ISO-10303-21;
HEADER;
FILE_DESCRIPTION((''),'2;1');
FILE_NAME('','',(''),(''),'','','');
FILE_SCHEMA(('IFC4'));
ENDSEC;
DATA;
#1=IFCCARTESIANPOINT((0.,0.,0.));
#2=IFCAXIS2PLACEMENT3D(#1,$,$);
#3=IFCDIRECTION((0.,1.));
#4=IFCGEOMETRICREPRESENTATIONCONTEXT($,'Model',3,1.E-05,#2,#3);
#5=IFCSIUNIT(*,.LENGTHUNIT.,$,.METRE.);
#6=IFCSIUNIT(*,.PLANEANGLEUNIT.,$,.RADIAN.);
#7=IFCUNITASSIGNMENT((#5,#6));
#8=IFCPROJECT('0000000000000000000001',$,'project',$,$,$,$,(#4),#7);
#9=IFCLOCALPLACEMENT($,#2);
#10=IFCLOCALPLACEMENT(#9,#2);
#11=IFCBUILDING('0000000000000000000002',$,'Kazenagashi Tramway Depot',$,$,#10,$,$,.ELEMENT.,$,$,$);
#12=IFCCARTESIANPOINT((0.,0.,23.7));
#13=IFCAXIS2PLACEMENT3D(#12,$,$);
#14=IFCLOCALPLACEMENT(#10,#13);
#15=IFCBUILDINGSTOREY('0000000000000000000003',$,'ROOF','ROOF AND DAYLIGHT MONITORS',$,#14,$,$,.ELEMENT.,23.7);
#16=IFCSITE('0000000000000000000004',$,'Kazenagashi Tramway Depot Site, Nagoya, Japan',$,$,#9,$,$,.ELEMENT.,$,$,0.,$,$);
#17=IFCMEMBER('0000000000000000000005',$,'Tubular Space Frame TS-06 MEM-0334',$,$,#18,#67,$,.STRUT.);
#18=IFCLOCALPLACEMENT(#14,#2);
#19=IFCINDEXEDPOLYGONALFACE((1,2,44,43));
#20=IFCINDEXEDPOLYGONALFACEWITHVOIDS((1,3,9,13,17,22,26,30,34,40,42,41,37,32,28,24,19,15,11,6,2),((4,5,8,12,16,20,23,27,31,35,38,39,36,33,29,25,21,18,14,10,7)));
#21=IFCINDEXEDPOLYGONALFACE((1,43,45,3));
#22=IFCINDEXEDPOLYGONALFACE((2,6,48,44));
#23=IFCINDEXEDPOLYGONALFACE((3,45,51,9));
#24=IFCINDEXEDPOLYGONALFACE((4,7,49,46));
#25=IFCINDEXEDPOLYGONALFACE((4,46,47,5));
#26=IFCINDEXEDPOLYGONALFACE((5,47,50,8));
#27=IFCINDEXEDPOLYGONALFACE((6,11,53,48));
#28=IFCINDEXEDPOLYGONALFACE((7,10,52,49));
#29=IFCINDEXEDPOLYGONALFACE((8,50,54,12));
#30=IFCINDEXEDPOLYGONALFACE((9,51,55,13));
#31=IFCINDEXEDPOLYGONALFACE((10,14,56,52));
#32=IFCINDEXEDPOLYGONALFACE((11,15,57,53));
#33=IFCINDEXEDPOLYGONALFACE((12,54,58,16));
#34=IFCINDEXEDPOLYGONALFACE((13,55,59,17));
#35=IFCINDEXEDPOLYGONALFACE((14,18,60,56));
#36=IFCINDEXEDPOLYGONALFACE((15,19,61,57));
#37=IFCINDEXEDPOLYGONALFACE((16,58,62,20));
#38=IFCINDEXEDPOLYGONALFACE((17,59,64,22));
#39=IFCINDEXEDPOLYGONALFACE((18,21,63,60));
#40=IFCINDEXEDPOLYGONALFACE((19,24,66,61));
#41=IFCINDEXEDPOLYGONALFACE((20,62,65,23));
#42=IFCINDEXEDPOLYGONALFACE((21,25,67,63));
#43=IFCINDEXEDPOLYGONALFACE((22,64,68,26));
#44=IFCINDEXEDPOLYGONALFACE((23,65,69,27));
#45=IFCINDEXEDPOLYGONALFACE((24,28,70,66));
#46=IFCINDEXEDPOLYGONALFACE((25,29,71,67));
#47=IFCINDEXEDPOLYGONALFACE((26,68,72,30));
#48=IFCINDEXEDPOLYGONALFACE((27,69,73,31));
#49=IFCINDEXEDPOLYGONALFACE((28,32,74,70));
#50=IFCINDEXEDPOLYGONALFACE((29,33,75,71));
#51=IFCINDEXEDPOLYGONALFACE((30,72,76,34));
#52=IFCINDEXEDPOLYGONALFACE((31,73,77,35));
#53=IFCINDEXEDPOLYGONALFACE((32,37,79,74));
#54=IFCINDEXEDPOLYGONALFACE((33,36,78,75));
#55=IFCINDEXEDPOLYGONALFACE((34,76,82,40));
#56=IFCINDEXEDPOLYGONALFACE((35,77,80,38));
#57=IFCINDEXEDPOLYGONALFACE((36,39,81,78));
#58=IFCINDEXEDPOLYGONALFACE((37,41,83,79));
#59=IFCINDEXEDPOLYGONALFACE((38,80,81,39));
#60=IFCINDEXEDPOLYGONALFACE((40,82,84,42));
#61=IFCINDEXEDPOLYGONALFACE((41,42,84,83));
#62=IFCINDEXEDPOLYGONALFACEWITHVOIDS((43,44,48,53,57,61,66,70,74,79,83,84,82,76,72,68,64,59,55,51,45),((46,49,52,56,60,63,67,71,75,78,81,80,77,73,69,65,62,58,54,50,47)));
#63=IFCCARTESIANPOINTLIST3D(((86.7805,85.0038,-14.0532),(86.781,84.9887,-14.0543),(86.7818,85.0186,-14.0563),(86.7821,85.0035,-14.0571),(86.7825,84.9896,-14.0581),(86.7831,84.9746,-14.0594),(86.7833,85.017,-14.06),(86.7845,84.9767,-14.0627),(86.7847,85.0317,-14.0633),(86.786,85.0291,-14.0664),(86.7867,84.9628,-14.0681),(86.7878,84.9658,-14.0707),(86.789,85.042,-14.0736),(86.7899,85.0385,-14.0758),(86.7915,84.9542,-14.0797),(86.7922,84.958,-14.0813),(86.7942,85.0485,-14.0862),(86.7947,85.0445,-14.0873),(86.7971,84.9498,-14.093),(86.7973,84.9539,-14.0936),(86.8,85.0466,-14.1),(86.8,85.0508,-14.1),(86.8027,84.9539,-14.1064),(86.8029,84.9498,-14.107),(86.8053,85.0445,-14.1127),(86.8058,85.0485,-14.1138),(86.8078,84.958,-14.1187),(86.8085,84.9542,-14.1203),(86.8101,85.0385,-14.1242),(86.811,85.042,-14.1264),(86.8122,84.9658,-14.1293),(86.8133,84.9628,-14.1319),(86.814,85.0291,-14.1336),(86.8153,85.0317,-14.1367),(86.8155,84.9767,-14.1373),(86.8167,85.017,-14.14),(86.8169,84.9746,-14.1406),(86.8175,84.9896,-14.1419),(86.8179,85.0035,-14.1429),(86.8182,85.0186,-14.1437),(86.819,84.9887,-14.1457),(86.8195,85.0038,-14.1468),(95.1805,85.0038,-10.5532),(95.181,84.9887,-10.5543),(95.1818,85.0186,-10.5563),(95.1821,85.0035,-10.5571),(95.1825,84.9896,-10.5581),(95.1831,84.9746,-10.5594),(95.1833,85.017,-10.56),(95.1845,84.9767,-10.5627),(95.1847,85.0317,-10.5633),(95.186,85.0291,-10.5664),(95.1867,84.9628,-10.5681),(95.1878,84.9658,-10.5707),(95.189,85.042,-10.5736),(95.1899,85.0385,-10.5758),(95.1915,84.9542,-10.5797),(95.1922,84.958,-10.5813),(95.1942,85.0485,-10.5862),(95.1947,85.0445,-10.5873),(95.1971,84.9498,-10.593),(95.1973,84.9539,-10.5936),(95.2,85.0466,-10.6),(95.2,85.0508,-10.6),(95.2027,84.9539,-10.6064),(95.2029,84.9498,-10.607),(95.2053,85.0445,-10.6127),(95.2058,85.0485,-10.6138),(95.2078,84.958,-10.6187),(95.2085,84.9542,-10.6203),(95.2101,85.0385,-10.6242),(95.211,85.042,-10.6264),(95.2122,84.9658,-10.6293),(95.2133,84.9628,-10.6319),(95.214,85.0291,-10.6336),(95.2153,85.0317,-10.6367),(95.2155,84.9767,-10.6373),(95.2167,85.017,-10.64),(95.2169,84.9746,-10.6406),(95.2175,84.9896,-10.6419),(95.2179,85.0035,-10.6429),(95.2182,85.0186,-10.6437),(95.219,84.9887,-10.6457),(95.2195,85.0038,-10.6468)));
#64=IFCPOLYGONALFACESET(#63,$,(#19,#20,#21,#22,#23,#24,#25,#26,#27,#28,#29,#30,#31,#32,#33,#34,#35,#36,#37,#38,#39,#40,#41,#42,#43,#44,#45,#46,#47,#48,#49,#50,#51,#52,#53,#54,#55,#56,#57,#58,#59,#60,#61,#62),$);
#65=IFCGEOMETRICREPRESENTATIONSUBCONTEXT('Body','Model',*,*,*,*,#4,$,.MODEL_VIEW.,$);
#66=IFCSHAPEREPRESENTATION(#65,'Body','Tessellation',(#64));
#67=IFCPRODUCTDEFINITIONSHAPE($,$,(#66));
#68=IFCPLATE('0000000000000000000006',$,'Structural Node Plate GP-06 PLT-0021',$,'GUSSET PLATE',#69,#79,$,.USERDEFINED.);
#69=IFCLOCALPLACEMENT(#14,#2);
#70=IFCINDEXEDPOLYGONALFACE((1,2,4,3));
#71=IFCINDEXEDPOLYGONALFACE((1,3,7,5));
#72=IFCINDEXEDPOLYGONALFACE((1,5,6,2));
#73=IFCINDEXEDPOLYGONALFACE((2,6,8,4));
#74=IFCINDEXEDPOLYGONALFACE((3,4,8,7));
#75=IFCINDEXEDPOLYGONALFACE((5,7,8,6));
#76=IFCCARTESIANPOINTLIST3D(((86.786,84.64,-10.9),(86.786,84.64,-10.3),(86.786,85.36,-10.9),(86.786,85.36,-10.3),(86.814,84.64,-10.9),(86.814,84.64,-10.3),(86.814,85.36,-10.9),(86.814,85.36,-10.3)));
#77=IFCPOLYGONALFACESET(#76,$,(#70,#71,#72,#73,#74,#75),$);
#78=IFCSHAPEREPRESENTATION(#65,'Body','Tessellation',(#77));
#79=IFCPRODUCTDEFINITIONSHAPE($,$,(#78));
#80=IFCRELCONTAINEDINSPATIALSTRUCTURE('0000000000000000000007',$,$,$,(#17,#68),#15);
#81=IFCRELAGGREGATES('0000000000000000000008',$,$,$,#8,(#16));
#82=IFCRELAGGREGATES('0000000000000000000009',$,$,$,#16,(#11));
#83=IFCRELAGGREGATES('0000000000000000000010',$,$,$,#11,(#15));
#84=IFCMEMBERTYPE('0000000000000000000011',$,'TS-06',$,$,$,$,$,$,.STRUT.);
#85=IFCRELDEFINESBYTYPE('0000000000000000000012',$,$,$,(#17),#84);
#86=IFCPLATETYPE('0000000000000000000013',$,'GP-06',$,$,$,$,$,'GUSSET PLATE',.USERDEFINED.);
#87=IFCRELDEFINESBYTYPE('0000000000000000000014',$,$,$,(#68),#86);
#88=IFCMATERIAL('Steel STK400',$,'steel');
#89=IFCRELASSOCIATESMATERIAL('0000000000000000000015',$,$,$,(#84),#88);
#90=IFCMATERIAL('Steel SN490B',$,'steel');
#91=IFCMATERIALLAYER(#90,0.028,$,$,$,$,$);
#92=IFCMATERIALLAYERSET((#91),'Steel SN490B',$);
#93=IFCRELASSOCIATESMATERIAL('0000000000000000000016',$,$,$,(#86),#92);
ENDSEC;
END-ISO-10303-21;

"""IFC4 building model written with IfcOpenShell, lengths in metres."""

from ifc_helpers import new_model, si_unit, direction, frame, origin, origin_2d, place, context, subcontext, project, spatial, rectangle, hollow_circle, extrude, material, layer, layer_set, material_profile, profile_set, type_object, element, save


model = new_model("IFC4")

# Units and contexts
model_context = context("Model", 3, precision=1e-05, world=origin(), true_north=direction((0.0, 1.0)))
body_context = subcontext(model_context, "Body", "Model", "MODEL_VIEW")
ifc_project = project(units=[si_unit("LENGTHUNIT", "METRE"), si_unit("PLANEANGLEUNIT", "RADIAN")], contexts=[model_context])

# Site, building, storey
site_placement = place(None, origin())
site = spatial("IfcSite", under=ifc_project, at=site_placement, Name="Kazenagashi Tramway Depot Site, Nagoya, Japan", CompositionType="ELEMENT", RefElevation=0.0)
building_placement = place(site_placement, origin())
building = spatial("IfcBuilding", under=site, at=building_placement, Name="Kazenagashi Tramway Depot", CompositionType="ELEMENT")
storey_placement = place(building_placement, frame((0.0, 0.0, 23.7)))
storey = spatial("IfcBuildingStorey", under=building, at=storey_placement, Name="ROOF", Description="ROOF AND DAYLIGHT MONITORS", CompositionType="ELEMENT", Elevation=23.7)

# Member
ifc_material_1 = material(Name="Steel STK400", Category="steel")
ifc_material_profile_1 = material_profile(ifc_material_1, hollow_circle(Radius=0.0508, WallThickness=0.0042, at=origin_2d()), Name="CHS-101.6x4.2")
ifc_profile_set_1 = profile_set([ifc_material_profile_1], Name="Steel STK400")
member_type_1 = type_object("IfcMemberType", Name="TS-06", PredefinedType="STRUT", material=ifc_profile_set_1)
member_1_placement = place(storey_placement, frame((86.8, 85.0, -14.1), z_axis=(0.923077, 0.0, 0.384615), x_axis=(0.0, 1.0, 0.0)))
element("IfcMember", 1, at=member_1_placement, inside=storey, type_object=member_type_1, Name="Tubular Space Frame TS-06 MEM-0334", PredefinedType="STRUT", context=body_context, shape_type="SweptSolid", body=[
    extrude(hollow_circle(Radius=0.0508, WallThickness=0.0042, at=origin_2d()), origin(), (0.0, 0.0, 1.0), 9.1),
])

# Plate
ifc_material_2 = material(Name="Steel SN490B", Category="steel")
ifc_layer = layer(ifc_material_2, 0.028)
ifc_layer_set = layer_set([ifc_layer], Name="Steel SN490B")
plate_type = type_object("IfcPlateType", Name="GP-06", ElementType="GUSSET PLATE", PredefinedType="USERDEFINED", material=ifc_layer_set)
plate_placement = place(storey_placement, frame((86.8, 85.0, -10.9), z_axis=(0.0, 0.0, 1.0), x_axis=(0.0, 1.0, 0.0)))
element("IfcPlate", 2, at=plate_placement, inside=storey, type_object=plate_type, Name="Structural Node Plate GP-06 PLT-0021", ObjectType="GUSSET PLATE", PredefinedType="USERDEFINED", context=body_context, shape_type="SweptSolid", body=[
    extrude(rectangle(XDim=0.72, YDim=0.028, at=origin_2d()), origin(), (0.0, 0.0, 1.0), 0.6),
])

save(model, "model.ifc")
